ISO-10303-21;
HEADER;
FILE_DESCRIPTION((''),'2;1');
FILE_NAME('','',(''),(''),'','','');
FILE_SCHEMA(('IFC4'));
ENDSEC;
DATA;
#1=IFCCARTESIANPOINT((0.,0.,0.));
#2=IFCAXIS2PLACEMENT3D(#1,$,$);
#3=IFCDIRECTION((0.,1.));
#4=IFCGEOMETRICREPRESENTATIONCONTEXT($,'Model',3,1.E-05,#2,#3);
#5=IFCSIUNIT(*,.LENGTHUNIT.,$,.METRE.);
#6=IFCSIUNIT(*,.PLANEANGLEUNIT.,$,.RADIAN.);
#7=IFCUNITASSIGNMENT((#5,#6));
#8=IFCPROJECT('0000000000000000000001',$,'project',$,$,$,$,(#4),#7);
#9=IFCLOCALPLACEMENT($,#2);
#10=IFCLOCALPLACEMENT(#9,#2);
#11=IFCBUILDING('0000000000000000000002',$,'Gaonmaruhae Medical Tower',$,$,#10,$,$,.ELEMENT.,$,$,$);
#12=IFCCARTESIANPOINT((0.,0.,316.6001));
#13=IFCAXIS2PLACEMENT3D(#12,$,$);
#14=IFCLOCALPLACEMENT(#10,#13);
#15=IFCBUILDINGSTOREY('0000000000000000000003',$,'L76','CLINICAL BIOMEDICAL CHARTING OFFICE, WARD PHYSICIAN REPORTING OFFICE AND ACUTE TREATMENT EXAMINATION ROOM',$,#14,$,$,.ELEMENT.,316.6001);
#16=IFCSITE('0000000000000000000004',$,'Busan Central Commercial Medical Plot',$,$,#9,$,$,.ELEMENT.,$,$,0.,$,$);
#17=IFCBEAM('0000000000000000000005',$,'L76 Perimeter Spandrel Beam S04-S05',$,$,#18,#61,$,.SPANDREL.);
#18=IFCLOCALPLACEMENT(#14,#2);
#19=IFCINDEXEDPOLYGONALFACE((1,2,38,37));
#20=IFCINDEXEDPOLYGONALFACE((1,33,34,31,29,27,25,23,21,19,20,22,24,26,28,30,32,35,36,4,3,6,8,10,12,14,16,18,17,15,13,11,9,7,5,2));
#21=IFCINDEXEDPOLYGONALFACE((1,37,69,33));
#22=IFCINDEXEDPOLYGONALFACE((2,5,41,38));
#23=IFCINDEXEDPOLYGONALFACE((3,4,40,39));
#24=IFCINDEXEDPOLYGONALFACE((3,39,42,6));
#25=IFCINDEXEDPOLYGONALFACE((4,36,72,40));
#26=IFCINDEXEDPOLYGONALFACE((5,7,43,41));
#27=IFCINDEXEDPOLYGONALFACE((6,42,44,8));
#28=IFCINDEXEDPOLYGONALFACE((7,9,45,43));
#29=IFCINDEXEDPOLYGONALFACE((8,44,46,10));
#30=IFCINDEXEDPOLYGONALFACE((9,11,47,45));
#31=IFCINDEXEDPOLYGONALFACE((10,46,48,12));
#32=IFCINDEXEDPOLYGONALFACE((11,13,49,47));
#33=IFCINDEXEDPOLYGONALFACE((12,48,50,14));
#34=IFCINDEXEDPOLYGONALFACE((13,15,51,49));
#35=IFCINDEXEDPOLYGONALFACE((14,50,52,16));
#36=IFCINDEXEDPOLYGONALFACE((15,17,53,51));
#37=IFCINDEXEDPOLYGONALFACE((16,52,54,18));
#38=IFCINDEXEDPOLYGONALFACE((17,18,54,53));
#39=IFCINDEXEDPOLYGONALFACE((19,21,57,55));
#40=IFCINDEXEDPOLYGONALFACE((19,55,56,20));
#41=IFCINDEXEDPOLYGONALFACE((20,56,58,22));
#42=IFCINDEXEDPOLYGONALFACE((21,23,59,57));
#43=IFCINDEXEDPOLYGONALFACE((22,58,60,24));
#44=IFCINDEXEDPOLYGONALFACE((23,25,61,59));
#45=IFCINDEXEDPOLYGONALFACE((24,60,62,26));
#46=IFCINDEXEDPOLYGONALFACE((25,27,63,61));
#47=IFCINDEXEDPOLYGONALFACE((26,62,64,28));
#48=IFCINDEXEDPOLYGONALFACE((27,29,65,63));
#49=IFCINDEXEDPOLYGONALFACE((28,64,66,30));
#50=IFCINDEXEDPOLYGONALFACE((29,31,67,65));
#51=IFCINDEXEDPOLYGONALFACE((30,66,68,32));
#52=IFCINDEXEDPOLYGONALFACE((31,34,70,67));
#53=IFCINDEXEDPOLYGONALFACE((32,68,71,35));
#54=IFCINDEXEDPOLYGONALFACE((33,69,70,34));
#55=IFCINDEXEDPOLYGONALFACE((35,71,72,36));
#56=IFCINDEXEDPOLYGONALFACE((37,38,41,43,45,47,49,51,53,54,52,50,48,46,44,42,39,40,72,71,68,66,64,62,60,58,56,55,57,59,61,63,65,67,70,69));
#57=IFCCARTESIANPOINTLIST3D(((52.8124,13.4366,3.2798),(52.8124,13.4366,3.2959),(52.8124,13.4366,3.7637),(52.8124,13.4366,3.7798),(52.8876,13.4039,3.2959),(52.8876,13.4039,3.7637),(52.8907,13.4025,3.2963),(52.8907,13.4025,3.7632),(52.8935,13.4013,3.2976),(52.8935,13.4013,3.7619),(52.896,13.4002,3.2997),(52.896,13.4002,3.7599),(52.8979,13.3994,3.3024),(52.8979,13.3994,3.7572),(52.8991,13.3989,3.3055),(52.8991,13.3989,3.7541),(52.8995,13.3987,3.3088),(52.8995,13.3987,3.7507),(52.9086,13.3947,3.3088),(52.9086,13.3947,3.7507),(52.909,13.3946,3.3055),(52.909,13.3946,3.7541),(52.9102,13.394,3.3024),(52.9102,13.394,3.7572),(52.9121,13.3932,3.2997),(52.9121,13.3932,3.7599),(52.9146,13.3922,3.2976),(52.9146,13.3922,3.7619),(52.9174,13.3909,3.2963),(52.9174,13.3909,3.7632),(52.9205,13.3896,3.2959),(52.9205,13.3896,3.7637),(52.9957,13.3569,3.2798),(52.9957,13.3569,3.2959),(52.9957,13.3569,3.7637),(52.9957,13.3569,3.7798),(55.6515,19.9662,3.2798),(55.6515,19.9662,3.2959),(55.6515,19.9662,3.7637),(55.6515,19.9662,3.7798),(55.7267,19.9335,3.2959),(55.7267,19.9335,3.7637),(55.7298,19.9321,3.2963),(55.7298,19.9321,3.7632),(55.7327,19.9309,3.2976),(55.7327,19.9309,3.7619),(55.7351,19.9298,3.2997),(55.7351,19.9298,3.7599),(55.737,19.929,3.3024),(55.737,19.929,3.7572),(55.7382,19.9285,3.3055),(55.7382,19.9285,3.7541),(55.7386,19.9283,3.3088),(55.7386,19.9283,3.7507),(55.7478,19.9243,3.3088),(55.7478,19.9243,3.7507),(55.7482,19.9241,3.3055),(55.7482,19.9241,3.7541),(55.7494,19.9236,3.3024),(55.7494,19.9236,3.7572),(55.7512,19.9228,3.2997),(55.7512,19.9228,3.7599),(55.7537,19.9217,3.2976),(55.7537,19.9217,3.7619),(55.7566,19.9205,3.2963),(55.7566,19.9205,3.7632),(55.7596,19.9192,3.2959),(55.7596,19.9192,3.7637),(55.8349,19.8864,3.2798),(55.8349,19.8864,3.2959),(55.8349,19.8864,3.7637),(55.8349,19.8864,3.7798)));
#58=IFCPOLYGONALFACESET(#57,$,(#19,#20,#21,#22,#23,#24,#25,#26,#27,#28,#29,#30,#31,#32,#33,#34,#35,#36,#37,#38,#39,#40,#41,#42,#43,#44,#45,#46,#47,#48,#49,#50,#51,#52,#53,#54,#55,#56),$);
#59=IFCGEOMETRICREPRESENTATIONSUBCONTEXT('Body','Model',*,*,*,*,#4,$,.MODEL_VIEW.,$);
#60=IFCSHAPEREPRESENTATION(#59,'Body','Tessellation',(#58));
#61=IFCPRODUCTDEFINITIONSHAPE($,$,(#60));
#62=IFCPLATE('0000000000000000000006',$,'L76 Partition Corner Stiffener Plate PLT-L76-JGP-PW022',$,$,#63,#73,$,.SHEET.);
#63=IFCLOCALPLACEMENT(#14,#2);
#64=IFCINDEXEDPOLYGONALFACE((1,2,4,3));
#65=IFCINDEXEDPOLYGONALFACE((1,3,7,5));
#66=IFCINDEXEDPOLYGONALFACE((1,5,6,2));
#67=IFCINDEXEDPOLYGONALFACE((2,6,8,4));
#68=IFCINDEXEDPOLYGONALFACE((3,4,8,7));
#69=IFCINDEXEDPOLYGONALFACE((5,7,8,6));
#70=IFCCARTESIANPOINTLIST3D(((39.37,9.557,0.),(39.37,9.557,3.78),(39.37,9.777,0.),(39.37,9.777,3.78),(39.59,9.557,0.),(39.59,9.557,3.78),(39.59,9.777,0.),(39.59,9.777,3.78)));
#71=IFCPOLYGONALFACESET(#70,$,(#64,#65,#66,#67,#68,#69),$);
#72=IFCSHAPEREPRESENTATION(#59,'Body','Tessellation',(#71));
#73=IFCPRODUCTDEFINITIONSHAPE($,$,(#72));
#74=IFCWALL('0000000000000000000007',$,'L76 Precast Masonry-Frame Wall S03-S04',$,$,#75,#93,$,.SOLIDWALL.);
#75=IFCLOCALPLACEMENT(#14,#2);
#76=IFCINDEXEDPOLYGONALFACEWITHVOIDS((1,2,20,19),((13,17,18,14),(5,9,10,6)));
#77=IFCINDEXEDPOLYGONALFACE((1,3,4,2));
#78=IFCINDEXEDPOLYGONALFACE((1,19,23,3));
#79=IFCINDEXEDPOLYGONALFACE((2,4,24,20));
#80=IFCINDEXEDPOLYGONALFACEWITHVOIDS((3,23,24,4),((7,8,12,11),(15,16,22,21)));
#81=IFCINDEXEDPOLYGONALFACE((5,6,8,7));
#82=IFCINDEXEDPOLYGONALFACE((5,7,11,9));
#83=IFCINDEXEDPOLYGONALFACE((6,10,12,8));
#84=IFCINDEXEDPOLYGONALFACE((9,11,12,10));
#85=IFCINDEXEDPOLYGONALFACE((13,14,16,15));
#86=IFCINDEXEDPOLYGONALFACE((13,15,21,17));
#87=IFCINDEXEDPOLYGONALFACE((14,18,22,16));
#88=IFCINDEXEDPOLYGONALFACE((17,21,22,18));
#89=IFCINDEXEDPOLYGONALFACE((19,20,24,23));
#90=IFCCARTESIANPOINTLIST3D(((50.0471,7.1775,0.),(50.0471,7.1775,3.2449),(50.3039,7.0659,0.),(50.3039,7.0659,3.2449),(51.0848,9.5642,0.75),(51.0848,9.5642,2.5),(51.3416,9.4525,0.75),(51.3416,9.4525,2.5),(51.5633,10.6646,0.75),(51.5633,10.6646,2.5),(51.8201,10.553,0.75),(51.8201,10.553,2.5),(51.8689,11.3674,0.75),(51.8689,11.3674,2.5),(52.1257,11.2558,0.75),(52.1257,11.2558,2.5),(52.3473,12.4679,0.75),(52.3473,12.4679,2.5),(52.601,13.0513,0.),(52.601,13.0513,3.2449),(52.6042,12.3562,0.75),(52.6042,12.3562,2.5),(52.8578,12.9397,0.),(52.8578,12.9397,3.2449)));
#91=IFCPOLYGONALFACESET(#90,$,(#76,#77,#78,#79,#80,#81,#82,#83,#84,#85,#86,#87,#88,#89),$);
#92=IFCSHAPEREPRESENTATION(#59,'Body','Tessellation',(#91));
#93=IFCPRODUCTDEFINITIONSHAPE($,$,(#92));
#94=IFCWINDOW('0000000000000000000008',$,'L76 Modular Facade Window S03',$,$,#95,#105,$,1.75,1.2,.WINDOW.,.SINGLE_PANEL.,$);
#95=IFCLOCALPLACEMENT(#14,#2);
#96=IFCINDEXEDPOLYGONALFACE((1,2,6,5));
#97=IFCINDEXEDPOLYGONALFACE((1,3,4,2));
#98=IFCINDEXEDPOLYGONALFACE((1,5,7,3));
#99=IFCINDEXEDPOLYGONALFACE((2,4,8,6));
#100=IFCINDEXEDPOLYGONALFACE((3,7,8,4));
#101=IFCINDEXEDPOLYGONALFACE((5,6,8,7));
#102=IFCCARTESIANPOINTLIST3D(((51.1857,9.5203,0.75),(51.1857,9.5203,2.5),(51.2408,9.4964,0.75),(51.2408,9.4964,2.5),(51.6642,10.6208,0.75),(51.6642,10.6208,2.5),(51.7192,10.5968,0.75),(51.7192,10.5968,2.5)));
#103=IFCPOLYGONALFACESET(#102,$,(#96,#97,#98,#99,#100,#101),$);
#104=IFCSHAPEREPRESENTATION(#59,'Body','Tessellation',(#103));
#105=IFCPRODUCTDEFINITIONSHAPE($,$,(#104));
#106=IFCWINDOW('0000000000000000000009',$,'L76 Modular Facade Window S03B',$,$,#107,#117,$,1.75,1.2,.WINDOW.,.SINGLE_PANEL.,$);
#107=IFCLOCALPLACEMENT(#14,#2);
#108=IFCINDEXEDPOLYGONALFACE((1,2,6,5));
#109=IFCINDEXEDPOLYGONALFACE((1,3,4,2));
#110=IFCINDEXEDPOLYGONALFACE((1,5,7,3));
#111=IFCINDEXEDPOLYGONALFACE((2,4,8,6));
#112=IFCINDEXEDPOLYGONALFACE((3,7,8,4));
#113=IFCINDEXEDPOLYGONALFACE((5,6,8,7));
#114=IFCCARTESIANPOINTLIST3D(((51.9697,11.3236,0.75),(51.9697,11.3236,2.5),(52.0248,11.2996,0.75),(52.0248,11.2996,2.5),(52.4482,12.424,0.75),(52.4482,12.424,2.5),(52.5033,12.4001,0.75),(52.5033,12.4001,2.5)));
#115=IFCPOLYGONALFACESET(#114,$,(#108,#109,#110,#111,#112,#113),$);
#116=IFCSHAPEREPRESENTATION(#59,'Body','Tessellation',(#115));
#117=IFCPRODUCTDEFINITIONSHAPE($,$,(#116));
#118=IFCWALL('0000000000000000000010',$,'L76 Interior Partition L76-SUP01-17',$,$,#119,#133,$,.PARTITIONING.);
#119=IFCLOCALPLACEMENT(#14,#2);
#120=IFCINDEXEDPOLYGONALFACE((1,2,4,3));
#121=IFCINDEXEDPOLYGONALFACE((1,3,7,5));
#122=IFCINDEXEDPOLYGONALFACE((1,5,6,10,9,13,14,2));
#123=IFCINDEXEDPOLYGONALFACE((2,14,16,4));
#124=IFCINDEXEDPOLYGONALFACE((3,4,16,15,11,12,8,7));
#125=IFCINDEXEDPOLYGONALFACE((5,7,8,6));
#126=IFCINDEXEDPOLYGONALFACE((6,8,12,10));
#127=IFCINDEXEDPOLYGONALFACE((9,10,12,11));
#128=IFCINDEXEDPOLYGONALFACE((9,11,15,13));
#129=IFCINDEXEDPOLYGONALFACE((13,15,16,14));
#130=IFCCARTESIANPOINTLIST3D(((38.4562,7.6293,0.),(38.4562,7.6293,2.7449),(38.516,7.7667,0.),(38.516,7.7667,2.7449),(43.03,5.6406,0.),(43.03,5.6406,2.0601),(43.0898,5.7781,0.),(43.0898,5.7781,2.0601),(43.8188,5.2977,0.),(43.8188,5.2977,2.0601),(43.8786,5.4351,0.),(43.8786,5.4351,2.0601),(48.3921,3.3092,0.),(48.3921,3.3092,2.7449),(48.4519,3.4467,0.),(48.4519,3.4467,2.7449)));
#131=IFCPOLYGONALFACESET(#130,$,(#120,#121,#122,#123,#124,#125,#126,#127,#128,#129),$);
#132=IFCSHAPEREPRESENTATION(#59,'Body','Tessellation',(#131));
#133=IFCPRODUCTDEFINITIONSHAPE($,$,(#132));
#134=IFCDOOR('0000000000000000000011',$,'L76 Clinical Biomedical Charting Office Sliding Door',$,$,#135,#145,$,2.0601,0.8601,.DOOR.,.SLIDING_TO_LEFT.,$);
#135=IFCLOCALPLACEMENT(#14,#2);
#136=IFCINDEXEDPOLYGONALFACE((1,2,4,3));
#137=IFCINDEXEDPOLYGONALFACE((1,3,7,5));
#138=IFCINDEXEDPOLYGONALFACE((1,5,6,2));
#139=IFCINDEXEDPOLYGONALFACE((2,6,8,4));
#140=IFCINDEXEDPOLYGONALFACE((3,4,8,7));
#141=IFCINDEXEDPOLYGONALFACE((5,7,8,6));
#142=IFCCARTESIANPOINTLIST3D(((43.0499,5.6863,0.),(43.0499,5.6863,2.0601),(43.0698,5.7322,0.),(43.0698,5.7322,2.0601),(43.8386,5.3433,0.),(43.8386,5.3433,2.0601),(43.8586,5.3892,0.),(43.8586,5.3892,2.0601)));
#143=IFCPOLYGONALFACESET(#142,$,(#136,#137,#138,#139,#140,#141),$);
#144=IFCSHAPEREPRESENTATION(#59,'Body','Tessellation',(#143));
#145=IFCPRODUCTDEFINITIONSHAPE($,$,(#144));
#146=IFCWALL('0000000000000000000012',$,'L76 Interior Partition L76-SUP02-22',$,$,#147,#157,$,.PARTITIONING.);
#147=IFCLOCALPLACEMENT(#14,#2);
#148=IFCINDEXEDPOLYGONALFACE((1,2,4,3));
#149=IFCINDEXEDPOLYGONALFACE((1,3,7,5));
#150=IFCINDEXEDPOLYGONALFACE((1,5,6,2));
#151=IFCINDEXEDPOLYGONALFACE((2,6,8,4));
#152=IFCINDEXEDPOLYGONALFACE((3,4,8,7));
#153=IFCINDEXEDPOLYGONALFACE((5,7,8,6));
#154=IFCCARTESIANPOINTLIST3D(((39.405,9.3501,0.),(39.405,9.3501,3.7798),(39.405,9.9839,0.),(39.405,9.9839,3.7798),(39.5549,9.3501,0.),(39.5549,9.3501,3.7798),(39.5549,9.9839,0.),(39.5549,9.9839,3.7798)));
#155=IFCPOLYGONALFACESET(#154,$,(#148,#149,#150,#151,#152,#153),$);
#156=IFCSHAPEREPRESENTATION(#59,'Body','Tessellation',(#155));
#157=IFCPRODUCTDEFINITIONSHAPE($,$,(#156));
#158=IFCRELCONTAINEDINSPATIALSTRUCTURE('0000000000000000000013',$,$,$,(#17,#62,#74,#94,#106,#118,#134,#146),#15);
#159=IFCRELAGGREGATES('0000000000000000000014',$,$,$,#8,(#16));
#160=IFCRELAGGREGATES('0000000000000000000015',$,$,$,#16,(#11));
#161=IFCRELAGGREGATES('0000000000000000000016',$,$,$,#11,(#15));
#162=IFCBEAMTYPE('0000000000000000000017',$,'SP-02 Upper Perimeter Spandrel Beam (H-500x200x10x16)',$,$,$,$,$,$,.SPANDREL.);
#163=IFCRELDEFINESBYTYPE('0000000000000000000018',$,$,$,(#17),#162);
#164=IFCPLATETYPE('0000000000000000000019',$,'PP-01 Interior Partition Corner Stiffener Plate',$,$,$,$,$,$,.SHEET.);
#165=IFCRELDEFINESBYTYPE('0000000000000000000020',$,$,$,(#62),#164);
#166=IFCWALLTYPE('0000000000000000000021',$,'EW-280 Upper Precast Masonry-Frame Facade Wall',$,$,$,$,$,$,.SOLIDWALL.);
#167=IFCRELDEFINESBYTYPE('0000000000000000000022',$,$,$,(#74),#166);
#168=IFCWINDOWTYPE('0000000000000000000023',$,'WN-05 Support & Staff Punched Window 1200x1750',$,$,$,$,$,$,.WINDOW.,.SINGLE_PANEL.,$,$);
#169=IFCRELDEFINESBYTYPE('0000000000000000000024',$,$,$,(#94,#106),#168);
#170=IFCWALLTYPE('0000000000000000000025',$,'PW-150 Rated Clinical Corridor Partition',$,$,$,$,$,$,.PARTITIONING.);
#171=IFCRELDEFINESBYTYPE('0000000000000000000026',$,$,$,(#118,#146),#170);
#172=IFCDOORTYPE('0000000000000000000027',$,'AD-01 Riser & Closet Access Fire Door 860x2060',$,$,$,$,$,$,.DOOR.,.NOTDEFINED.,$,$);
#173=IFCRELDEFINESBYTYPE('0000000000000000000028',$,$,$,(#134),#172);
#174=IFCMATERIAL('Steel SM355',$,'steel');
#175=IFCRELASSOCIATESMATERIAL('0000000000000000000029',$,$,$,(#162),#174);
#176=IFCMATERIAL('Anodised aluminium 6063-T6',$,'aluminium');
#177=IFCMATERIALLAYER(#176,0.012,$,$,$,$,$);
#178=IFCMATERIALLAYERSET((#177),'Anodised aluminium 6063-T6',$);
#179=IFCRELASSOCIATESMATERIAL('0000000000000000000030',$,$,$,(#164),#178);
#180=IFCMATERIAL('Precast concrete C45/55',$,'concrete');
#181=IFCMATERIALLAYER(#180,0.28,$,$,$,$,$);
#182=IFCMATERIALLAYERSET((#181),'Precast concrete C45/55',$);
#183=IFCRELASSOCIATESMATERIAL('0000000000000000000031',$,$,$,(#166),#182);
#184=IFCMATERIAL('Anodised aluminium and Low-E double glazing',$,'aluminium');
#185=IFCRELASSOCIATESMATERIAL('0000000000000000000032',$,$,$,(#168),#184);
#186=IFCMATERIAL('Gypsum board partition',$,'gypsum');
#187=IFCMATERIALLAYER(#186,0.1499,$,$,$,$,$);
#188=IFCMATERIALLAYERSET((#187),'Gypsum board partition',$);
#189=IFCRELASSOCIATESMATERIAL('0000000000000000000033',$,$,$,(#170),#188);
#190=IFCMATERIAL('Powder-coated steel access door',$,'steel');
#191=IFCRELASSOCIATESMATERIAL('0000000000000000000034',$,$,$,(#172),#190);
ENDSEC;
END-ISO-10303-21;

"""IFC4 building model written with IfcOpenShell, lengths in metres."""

from ifc_helpers import new_model, si_unit, direction, frame, frame_2d, origin, origin_2d, place, context, subcontext, project, spatial, rectangle, i_section, extrude, material, layer, layer_set, material_profile, profile_set, type_object, element, fill, save


model = new_model("IFC4")

# Units and contexts
model_context = context("Model", 3, precision=1e-05, world=origin(), true_north=direction((0.0, 1.0)))
body_context = subcontext(model_context, "Body", "Model", "MODEL_VIEW")
ifc_project = project(units=[si_unit("LENGTHUNIT", "METRE"), si_unit("PLANEANGLEUNIT", "RADIAN")], contexts=[model_context])

# Site, building, storey
site_placement = place(None, origin())
site = spatial("IfcSite", under=ifc_project, at=site_placement, Name="Busan Central Commercial Medical Plot", CompositionType="ELEMENT", RefElevation=0.0)
building_placement = place(site_placement, origin())
building = spatial("IfcBuilding", under=site, at=building_placement, Name="Gaonmaruhae Medical Tower", CompositionType="ELEMENT")
storey_placement = place(building_placement, frame((0.0, 0.0, 316.6001)))
storey = spatial("IfcBuildingStorey", under=building, at=storey_placement, Name="L76", Description="CLINICAL BIOMEDICAL CHARTING OFFICE, WARD PHYSICIAN REPORTING OFFICE AND ACUTE TREATMENT EXAMINATION ROOM", CompositionType="ELEMENT", Elevation=316.6001)

# Beam
ifc_material_1 = material(Name="Steel SM355", Category="steel")
ifc_material_profile_1 = material_profile(ifc_material_1, i_section(OverallWidth=0.2, OverallDepth=0.5, WebThickness=0.01, FlangeThickness=0.0161, FilletRadius=0.0129, at=origin_2d()), Name="H-500x200x10x16")
ifc_profile_set_1 = profile_set([ifc_material_profile_1], Name="Steel SM355")
beam_type_1 = type_object("IfcBeamType", Name="SP-02 Upper Perimeter Spandrel Beam (H-500x200x10x16)", PredefinedType="SPANDREL", material=ifc_profile_set_1)
for number, where, z_axis, x_axis, name in (
    (1, (52.9041, 13.3967, 3.5298), (0.398747, 0.917061, 0.0), (-0.917061, 0.398747, 0.0), "L76 Perimeter Spandrel Beam S04-S05"),
):
    element("IfcBeam", number, at=place(storey_placement, frame(where, z_axis=z_axis, x_axis=x_axis)), inside=storey, type_object=beam_type_1, Name=name, PredefinedType="SPANDREL", context=body_context, shape_type="SweptSolid", body=[
        extrude(i_section(OverallWidth=0.2, OverallDepth=0.5, WebThickness=0.01, FlangeThickness=0.0161, FilletRadius=0.0129, at=origin_2d()), origin(), (0.0, 0.0, 1.0), 7.1201),
    ])

# Plate
ifc_material_2 = material(Name="Anodised aluminium 6063-T6", Category="aluminium")
ifc_layer_1 = layer(ifc_material_2, 0.012)
ifc_layer_set_1 = layer_set([ifc_layer_1], Name="Anodised aluminium 6063-T6")
plate_type = type_object("IfcPlateType", Name="PP-01 Interior Partition Corner Stiffener Plate", PredefinedType="SHEET", material=ifc_layer_set_1)
plate_placement = place(storey_placement, frame((39.48, 9.667, 0.0), z_axis=(0.0, 0.0, 1.0), x_axis=(0.0, 1.0, 0.0)))
element("IfcPlate", 2, at=plate_placement, inside=storey, type_object=plate_type, Name="L76 Partition Corner Stiffener Plate PLT-L76-JGP-PW022", PredefinedType="SHEET", context=body_context, shape_type="SweptSolid", body=[
    extrude(rectangle(XDim=0.22, YDim=0.22, at=origin_2d()), origin(), (0.0, 0.0, 1.0), 3.78),
])

# Wall, openings, windows
ifc_material_3 = material(Name="Precast concrete C45/55", Category="concrete")
ifc_layer_2 = layer(ifc_material_3, 0.28)
ifc_layer_set_2 = layer_set([ifc_layer_2], Name="Precast concrete C45/55")
wall_type_1 = type_object("IfcWallType", Name="EW-280 Upper Precast Masonry-Frame Facade Wall", PredefinedType="SOLIDWALL", material=ifc_layer_set_2)
wall_1_placement = place(storey_placement, frame((52.7295, 12.9956, 0.0), z_axis=(0.0, 0.0, 1.0), x_axis=(-0.398744, -0.917062, 0.0)))
wall_1 = element("IfcWall", 3, at=wall_1_placement, inside=storey, type_object=wall_type_1, Name="L76 Precast Masonry-Frame Wall S03-S04", PredefinedType="SOLIDWALL", context=body_context, shape_type="SweptSolid", body=[
    extrude(rectangle(XDim=6.405, YDim=0.28, at=frame_2d((3.2026, 0.0))), origin(), (0.0, 0.0, 1.0), 3.2449),
])
opening_1_placement = place(wall_1_placement, frame((2.6025, 0.0, 0.75)))
opening_1 = element("IfcOpeningElement", 4, at=opening_1_placement, cuts=wall_1, PredefinedType="OPENING", context=body_context, shape_type="SweptSolid", body=[
    extrude(rectangle(XDim=1.2, YDim=1.75, at=frame_2d((0.6001, 0.875))), frame((0.0, 0.1499, 0.0), z_axis=(0.0, -1.0, 0.0), x_axis=(1.0, 0.0, 0.0)), (0.0, 0.0, 1.0), 0.3),
])
opening_2_placement = place(wall_1_placement, frame((0.6362, 0.0, 0.75)))
opening_2 = element("IfcOpeningElement", 5, at=opening_2_placement, cuts=wall_1, PredefinedType="OPENING", context=body_context, shape_type="SweptSolid", body=[
    extrude(rectangle(XDim=1.2, YDim=1.75, at=frame_2d((0.6001, 0.875))), frame((0.0, 0.1499, 0.0), z_axis=(0.0, -1.0, 0.0), x_axis=(1.0, 0.0, 0.0)), (0.0, 0.0, 1.0), 0.3),
])
ifc_material_4 = material(Name="Anodised aluminium and Low-E double glazing", Category="aluminium")
window_type = type_object("IfcWindowType", Name="WN-05 Support & Staff Punched Window 1200x1750", PartitioningType="SINGLE_PANEL", PredefinedType="WINDOW", material=ifc_material_4)
window_1_placement = place(opening_1_placement, origin())
window_1 = element("IfcWindow", 6, at=window_1_placement, inside=storey, type_object=window_type, Name="L76 Modular Facade Window S03", OverallHeight=1.75, OverallWidth=1.2, PartitioningType="SINGLE_PANEL", PredefinedType="WINDOW", context=body_context, shape_type="SweptSolid", body=[
    extrude(rectangle(XDim=1.2, YDim=1.75, at=frame_2d((0.6001, 0.875))), frame((0.0, 0.03, 0.0), z_axis=(0.0, -1.0, 0.0), x_axis=(1.0, 0.0, 0.0)), (0.0, 0.0, 1.0), 0.0601),
])
fill(opening_1, window_1)
window_2_placement = place(opening_2_placement, origin())
window_2 = element("IfcWindow", 7, at=window_2_placement, inside=storey, type_object=window_type, Name="L76 Modular Facade Window S03B", OverallHeight=1.75, OverallWidth=1.2, PartitioningType="SINGLE_PANEL", PredefinedType="WINDOW", context=body_context, shape_type="SweptSolid", body=[
    extrude(rectangle(XDim=1.2, YDim=1.75, at=frame_2d((0.6001, 0.875))), frame((0.0, 0.03, 0.0), z_axis=(0.0, -1.0, 0.0), x_axis=(1.0, 0.0, 0.0)), (0.0, 0.0, 1.0), 0.0601),
])
fill(opening_2, window_2)

# Wall, opening, door
ifc_material_5 = material(Name="Gypsum board partition", Category="gypsum")
ifc_layer_3 = layer(ifc_material_5, 0.1499)
ifc_layer_set_3 = layer_set([ifc_layer_3], Name="Gypsum board partition")
wall_type_2 = type_object("IfcWallType", Name="PW-150 Rated Clinical Corridor Partition", PredefinedType="PARTITIONING", material=ifc_layer_set_3)
wall_2_placement = place(storey_placement, frame((38.4861, 7.698, 0.0), z_axis=(0.0, 0.0, 1.0), x_axis=(0.917068, -0.39873, 0.0)))
wall_2 = element("IfcWall", 8, at=wall_2_placement, inside=storey, type_object=wall_type_2, Name="L76 Interior Partition L76-SUP01-17", PredefinedType="PARTITIONING", context=body_context, shape_type="SweptSolid", body=[
    extrude(rectangle(XDim=10.8345, YDim=0.1499, at=frame_2d((5.4172, 0.0))), origin(), (0.0, 0.0, 1.0), 2.7449),
])
opening_3_placement = place(wall_2_placement, frame((4.9873, 0.0, 0.0)))
opening_3 = element("IfcOpeningElement", 9, at=opening_3_placement, cuts=wall_2, PredefinedType="OPENING", context=body_context, shape_type="SweptSolid", body=[
    extrude(rectangle(XDim=0.8601, YDim=2.0601, at=frame_2d((0.4302, 1.03))), frame((0.0, 0.085, 0.0), z_axis=(0.0, -1.0, 0.0), x_axis=(1.0, 0.0, 0.0)), (0.0, 0.0, 1.0), 0.1699),
])
ifc_material_6 = material(Name="Powder-coated steel access door", Category="steel")
door_type_1 = type_object("IfcDoorType", Name="AD-01 Riser & Closet Access Fire Door 860x2060", OperationType="NOTDEFINED", PredefinedType="DOOR", material=ifc_material_6)
door_1_placement = place(opening_3_placement, origin())
door_1 = element("IfcDoor", 10, at=door_1_placement, inside=storey, type_object=door_type_1, Name="L76 Clinical Biomedical Charting Office Sliding Door", OperationType="SLIDING_TO_LEFT", OverallHeight=2.0601, OverallWidth=0.8601, PredefinedType="DOOR", context=body_context, shape_type="SweptSolid", body=[
    extrude(rectangle(XDim=0.8601, YDim=2.0601, at=frame_2d((0.4302, 1.03))), frame((0.0, 0.0249, 0.0), z_axis=(0.0, -1.0, 0.0), x_axis=(1.0, 0.0, 0.0)), (0.0, 0.0, 1.0), 0.05),
])
fill(opening_3, door_1)

# Wall
wall_3_placement = place(storey_placement, frame((39.48, 9.3501, 0.0), z_axis=(0.0, 0.0, 1.0), x_axis=(0.0, 1.0, 0.0)))
element("IfcWall", 11, at=wall_3_placement, inside=storey, type_object=wall_type_2, Name="L76 Interior Partition L76-SUP02-22", PredefinedType="PARTITIONING", context=body_context, shape_type="SweptSolid", body=[
    extrude(rectangle(XDim=0.6338, YDim=0.1499, at=frame_2d((0.3169, 0.0))), origin(), (0.0, 0.0, 1.0), 3.7798),
])

save(model, "model.ifc")
